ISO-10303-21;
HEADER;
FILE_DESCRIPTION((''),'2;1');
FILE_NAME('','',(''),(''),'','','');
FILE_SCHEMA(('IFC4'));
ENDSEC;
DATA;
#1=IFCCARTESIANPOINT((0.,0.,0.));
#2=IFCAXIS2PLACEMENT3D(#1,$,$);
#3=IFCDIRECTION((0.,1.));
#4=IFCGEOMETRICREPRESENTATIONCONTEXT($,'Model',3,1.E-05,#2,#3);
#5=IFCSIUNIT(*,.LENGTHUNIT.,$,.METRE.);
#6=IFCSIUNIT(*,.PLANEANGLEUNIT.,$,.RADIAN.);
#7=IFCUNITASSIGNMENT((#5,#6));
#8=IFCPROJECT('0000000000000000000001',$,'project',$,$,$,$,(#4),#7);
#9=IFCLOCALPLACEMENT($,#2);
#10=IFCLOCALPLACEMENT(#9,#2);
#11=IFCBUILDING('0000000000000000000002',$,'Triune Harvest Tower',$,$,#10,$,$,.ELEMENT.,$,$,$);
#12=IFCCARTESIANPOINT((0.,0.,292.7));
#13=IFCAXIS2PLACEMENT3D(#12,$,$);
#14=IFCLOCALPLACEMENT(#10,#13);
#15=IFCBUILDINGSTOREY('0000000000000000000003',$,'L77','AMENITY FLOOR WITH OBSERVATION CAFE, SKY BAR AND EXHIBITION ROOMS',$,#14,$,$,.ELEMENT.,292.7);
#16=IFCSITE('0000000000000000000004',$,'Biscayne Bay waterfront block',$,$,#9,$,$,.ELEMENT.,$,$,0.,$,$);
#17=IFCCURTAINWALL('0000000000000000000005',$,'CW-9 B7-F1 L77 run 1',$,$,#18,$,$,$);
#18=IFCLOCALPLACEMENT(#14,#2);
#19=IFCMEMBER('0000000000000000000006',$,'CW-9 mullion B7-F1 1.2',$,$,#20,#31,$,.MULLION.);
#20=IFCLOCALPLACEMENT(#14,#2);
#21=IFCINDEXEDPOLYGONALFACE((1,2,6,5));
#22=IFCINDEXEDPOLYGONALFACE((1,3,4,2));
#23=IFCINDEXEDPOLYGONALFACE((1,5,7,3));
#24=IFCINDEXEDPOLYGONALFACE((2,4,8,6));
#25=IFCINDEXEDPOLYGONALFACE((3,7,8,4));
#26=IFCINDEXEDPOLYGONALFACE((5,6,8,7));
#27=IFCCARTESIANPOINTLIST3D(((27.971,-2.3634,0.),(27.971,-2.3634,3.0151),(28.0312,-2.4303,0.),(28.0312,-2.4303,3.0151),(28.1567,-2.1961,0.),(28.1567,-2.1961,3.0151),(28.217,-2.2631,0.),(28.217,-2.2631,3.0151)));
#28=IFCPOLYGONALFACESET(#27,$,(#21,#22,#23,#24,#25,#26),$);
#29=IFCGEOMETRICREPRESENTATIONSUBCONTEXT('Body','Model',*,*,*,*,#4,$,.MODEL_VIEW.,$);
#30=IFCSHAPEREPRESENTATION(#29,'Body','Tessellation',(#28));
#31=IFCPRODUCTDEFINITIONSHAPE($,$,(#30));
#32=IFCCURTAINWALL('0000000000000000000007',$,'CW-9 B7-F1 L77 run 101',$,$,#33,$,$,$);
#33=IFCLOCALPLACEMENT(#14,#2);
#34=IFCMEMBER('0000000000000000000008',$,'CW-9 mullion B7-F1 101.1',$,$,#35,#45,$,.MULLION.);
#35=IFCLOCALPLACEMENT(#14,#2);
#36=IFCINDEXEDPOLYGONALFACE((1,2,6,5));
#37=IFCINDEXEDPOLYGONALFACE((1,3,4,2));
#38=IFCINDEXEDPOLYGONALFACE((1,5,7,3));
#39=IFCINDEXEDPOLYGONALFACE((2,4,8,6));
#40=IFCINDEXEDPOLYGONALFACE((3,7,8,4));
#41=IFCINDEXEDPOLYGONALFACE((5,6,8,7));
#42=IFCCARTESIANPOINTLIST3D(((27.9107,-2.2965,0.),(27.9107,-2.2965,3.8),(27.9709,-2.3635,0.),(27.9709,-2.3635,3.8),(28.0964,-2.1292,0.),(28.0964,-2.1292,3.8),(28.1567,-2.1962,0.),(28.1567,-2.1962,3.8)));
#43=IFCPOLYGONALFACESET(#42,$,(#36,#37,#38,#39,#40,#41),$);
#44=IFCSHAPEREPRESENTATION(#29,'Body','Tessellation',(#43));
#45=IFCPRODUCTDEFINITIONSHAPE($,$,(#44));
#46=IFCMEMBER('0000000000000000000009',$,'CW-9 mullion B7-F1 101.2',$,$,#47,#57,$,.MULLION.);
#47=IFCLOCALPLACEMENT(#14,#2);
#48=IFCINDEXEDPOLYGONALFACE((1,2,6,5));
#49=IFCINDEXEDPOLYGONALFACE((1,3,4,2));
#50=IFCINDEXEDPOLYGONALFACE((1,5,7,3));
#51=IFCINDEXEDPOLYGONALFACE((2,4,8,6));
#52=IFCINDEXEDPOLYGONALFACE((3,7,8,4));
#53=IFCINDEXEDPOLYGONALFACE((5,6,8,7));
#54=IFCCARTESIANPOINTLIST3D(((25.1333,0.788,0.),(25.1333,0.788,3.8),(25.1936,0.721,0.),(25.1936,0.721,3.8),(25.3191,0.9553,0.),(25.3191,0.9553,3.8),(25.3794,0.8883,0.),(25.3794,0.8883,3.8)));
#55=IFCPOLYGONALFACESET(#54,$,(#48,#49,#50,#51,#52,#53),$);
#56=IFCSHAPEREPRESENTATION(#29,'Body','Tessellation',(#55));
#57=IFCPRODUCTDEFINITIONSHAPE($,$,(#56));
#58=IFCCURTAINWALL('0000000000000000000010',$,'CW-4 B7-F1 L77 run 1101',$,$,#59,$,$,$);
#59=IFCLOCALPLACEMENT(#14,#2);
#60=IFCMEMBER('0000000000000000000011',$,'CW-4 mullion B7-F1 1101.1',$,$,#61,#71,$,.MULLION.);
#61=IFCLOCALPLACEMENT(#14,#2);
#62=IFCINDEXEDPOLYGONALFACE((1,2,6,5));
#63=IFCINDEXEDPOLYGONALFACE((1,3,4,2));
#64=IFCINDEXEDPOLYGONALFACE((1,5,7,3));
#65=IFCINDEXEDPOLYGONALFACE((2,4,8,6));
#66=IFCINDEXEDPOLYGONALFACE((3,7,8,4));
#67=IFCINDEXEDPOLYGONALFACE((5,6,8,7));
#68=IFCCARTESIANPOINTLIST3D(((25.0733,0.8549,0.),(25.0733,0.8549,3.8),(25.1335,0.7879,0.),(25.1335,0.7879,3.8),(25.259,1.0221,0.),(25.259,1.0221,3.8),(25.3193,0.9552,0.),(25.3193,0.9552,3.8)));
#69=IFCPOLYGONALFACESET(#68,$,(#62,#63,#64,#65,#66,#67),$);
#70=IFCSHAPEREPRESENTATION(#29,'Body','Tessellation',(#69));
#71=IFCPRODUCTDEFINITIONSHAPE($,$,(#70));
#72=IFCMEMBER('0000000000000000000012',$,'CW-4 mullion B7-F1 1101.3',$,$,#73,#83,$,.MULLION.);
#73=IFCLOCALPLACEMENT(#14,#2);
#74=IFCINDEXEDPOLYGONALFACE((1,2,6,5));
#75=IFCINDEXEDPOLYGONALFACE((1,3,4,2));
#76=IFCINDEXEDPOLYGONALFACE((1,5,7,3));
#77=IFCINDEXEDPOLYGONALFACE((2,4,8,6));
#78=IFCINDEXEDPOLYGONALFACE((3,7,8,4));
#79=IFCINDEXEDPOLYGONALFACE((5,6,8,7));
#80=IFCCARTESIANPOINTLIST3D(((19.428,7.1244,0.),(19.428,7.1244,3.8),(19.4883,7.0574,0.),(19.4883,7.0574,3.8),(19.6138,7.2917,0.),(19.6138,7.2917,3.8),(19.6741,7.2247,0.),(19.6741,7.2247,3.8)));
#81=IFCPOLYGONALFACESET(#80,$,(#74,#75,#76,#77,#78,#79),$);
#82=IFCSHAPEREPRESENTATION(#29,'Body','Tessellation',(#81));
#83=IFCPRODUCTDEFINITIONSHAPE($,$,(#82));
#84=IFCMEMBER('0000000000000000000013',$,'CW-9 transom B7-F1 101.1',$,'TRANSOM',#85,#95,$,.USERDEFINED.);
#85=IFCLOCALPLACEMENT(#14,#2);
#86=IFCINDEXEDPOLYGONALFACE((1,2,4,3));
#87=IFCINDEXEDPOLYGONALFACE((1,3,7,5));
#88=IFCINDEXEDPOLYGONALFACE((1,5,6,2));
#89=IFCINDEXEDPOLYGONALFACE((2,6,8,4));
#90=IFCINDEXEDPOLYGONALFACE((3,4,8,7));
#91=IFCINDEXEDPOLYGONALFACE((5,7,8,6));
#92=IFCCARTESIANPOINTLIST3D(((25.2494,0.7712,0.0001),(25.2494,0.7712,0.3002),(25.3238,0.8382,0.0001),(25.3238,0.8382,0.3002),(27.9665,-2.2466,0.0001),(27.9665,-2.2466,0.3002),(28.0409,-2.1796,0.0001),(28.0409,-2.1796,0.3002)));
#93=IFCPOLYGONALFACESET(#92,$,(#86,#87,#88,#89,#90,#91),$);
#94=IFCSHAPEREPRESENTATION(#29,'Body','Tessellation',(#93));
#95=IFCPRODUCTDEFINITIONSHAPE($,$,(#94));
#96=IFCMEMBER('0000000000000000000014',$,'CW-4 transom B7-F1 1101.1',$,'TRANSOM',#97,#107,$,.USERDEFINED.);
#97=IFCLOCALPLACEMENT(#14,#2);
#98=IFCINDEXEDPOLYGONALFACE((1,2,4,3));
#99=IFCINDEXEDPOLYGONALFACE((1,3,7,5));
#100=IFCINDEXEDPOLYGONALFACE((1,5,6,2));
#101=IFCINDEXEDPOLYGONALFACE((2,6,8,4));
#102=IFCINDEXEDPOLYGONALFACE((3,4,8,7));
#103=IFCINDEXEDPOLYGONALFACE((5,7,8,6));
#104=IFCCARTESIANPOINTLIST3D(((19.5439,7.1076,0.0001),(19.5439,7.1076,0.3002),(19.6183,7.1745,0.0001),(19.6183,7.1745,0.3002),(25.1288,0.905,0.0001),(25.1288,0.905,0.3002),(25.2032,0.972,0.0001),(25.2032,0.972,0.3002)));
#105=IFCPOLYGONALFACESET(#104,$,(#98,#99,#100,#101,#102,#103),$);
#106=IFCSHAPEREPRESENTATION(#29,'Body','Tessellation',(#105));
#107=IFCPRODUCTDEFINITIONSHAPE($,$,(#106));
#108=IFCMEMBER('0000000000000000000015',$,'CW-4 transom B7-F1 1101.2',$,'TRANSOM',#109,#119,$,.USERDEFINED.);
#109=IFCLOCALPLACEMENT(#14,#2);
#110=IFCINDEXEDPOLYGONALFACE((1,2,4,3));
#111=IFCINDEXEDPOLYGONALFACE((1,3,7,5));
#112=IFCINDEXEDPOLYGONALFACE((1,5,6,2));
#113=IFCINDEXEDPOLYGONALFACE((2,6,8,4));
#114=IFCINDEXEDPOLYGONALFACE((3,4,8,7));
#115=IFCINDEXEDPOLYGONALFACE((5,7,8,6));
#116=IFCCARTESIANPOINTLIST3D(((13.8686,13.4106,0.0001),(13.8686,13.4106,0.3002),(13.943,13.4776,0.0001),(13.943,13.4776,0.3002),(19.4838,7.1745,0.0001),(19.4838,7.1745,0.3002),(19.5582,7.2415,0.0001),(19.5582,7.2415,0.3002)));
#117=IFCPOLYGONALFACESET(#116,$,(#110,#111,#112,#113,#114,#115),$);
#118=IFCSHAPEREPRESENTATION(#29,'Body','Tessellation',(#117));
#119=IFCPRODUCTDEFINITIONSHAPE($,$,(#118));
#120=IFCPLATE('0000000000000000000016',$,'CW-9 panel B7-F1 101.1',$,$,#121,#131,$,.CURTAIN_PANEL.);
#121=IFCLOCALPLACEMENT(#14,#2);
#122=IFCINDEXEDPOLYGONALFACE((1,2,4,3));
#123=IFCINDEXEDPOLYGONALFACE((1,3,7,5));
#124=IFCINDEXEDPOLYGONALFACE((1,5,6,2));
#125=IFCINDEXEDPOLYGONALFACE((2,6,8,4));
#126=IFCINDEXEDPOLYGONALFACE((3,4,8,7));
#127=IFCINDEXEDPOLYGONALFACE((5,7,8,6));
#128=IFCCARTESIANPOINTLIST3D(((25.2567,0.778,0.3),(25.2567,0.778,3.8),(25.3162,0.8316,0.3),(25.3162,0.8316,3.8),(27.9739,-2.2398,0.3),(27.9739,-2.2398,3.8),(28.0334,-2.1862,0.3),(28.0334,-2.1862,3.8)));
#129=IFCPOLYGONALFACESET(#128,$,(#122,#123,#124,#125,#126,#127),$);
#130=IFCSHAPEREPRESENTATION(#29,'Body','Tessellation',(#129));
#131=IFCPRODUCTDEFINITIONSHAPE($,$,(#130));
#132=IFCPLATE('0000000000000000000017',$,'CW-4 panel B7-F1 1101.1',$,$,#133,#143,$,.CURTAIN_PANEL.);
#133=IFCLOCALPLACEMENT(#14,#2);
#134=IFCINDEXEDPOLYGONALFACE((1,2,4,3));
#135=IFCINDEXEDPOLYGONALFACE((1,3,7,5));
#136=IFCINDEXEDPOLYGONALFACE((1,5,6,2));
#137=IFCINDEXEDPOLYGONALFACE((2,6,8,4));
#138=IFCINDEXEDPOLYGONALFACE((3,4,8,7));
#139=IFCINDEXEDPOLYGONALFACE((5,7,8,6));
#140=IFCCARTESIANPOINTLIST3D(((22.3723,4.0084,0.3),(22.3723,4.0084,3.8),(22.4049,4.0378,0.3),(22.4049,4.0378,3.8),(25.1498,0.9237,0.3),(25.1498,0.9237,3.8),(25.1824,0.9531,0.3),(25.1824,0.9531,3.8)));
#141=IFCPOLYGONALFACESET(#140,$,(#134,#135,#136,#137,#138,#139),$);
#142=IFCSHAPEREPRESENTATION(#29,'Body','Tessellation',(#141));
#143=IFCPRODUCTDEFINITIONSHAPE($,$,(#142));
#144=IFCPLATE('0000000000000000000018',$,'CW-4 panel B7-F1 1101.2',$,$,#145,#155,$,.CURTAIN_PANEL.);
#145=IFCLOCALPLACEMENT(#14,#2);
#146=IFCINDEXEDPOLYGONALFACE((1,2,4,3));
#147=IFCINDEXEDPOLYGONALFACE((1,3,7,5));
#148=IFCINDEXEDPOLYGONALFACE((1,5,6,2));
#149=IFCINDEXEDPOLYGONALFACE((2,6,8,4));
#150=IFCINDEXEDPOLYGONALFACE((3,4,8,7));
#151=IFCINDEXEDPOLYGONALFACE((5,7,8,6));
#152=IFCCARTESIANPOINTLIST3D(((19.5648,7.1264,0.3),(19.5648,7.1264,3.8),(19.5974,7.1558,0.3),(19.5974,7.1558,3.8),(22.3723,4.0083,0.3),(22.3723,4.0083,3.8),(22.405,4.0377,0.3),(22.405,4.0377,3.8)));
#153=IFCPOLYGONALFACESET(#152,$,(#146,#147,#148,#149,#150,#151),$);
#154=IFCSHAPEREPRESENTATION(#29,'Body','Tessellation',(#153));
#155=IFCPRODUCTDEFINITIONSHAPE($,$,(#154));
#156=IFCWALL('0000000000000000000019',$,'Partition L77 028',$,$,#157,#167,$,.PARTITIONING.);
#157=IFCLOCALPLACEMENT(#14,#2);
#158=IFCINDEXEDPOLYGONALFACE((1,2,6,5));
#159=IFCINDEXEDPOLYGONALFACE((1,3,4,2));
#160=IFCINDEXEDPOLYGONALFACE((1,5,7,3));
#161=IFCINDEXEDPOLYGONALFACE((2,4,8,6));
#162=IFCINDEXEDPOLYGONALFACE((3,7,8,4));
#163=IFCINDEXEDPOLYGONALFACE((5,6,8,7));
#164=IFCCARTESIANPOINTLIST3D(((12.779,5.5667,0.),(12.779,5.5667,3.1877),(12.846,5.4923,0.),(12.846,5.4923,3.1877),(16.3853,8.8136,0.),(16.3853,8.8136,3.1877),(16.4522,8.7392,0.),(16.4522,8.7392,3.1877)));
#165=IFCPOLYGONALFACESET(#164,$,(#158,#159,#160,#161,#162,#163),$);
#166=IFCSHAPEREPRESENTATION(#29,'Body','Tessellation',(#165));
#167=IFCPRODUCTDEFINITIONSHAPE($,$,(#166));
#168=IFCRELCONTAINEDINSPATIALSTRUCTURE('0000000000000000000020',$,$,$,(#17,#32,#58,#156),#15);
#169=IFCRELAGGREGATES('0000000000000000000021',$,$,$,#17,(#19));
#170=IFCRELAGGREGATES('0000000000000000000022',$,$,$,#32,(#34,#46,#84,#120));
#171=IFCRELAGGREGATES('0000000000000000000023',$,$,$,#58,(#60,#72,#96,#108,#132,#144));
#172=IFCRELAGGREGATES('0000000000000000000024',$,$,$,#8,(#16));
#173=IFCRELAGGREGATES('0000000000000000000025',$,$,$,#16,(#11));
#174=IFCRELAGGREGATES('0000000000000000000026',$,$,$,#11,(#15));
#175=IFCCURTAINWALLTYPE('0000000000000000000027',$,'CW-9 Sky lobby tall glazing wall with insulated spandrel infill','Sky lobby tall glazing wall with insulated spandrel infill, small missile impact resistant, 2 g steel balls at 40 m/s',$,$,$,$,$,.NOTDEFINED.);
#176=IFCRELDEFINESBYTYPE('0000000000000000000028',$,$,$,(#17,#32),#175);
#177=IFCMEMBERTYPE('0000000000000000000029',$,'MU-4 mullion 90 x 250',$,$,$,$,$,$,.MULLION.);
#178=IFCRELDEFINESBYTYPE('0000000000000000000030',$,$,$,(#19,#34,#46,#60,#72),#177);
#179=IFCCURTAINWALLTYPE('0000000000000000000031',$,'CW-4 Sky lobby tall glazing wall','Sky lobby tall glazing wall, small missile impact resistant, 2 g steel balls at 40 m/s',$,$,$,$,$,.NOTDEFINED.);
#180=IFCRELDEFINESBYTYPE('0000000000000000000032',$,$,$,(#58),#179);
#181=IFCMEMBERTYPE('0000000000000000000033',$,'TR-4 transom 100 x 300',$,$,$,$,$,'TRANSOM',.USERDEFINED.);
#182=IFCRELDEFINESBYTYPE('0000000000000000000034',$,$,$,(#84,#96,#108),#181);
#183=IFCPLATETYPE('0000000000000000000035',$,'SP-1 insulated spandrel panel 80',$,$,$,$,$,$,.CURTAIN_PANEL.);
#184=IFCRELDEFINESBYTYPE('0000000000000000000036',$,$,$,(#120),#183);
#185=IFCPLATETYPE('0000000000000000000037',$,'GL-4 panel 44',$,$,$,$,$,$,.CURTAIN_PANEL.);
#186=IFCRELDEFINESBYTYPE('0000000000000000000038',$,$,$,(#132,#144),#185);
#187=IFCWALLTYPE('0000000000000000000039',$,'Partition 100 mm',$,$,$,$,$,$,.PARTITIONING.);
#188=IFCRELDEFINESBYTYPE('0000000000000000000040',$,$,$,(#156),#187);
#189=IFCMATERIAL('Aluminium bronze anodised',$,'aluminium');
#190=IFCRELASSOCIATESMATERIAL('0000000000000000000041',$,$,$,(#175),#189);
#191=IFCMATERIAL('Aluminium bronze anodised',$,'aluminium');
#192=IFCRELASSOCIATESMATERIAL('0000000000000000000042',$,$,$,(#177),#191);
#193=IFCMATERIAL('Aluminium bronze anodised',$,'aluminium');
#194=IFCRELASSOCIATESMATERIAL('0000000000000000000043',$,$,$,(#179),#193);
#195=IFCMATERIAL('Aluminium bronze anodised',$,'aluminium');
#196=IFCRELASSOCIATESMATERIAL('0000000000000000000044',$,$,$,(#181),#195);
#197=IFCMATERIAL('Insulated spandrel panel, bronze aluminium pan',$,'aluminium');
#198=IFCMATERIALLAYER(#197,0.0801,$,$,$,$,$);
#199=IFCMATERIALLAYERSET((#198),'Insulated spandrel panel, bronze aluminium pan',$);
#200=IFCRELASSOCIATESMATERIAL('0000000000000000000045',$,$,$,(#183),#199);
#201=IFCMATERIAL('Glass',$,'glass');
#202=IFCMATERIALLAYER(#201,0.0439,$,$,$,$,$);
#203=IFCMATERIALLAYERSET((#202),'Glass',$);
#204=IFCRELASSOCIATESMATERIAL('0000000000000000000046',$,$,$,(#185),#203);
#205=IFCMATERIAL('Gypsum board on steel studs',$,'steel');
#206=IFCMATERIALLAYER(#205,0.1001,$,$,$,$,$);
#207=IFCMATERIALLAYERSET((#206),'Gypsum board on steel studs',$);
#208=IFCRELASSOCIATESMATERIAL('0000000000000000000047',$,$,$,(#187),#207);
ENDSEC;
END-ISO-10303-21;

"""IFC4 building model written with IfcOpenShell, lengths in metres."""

from ifc_helpers import new_model, si_unit, direction, frame, frame_2d, origin, origin_2d, place, context, subcontext, project, spatial, rectangle, extrude, source, transform, mapped, material, layer, layer_set, material_profile, profile_set, type_object, element, aggregate, save


model = new_model("IFC4")

# Units and contexts
model_context = context("Model", 3, precision=1e-05, world=origin(), true_north=direction((0.0, 1.0)))
body_context = subcontext(model_context, "Body", "Model", "MODEL_VIEW")
ifc_project = project(units=[si_unit("LENGTHUNIT", "METRE"), si_unit("PLANEANGLEUNIT", "RADIAN")], contexts=[model_context])

# Site, building, storey
site_placement = place(None, origin())
site = spatial("IfcSite", under=ifc_project, at=site_placement, Name="Biscayne Bay waterfront block", CompositionType="ELEMENT", RefElevation=0.0)
building_placement = place(site_placement, origin())
building = spatial("IfcBuilding", under=site, at=building_placement, Name="Triune Harvest Tower", CompositionType="ELEMENT")
storey_placement = place(building_placement, frame((0.0, 0.0, 292.7)))
storey = spatial("IfcBuildingStorey", under=building, at=storey_placement, Name="L77", Description="AMENITY FLOOR WITH OBSERVATION CAFE, SKY BAR AND EXHIBITION ROOMS", CompositionType="ELEMENT", Elevation=292.7)

# Curtain wall, member
ifc_material_1 = material(Name="Aluminium bronze anodised", Category="aluminium")
curtain_wall_type_1 = type_object("IfcCurtainWallType", Name="CW-9 Sky lobby tall glazing wall with insulated spandrel infill", Description="Sky lobby tall glazing wall with insulated spandrel infill, small missile impact resistant, 2 g steel balls at 40 m/s", PredefinedType="NOTDEFINED", material=ifc_material_1)
curtain_wall_1_placement = place(storey_placement, origin())
curtain_wall_1 = element("IfcCurtainWall", 1, at=curtain_wall_1_placement, inside=storey, type_object=curtain_wall_type_1, Name="CW-9 B7-F1 L77 run 1")
ifc_material_2 = material(Name="Aluminium bronze anodised", Category="aluminium")
ifc_material_profile_1 = material_profile(ifc_material_2, rectangle(XDim=0.25, YDim=0.0901, at=origin_2d()), Name="MU-4 mullion 90 x 250")
ifc_profile_set_1 = profile_set([ifc_material_profile_1], Name="Aluminium bronze anodised")
member_type_1 = type_object("IfcMemberType", Name="MU-4 mullion 90 x 250", PredefinedType="MULLION", material=ifc_profile_set_1)
shared_shape_1 = source(origin(), body_context, "Body", "SweptSolid", [
    extrude(rectangle(XDim=0.25, YDim=0.0901, at=origin_2d()), origin(), (0.0, 0.0, 1.0), 3.0151),
])
member_1_placement = place(storey_placement, frame((28.094, -2.3132, 0.0), z_axis=(0.0, 0.0, 1.0), x_axis=(-0.743134, -0.669143, 0.0)))
member_1 = element("IfcMember", 2, at=member_1_placement, type_object=member_type_1, Name="CW-9 mullion B7-F1 1.2", PredefinedType="MULLION", context=body_context, shape_type="MappedRepresentation", body=[
    mapped(shared_shape_1, transform((0.0, 0.0, 0.0), scale=1.0)),
])
aggregate(curtain_wall_1, [member_1])

# Curtain walls, members
curtain_wall_2_placement = place(storey_placement, origin())
curtain_wall_2 = element("IfcCurtainWall", 3, at=curtain_wall_2_placement, inside=storey, type_object=curtain_wall_type_1, Name="CW-9 B7-F1 L77 run 101")
shared_shape_2 = source(origin(), body_context, "Body", "SweptSolid", [
    extrude(rectangle(XDim=0.25, YDim=0.0901, at=origin_2d()), origin(), (0.0, 0.0, 1.0), 3.8),
])
member_2_placement = place(storey_placement, frame((28.0337, -2.2463, 0.0), z_axis=(0.0, 0.0, 1.0), x_axis=(-0.743148, -0.669128, 0.0)))
member_2 = element("IfcMember", 4, at=member_2_placement, type_object=member_type_1, Name="CW-9 mullion B7-F1 101.1", PredefinedType="MULLION", context=body_context, shape_type="MappedRepresentation", body=[
    mapped(shared_shape_2, transform((0.0, 0.0, 0.0), scale=1.0)),
])
member_3_placement = place(storey_placement, frame((25.2563, 0.8381, 0.0), z_axis=(0.0, 0.0, 1.0), x_axis=(-0.743148, -0.669128, 0.0)))
member_3 = element("IfcMember", 5, at=member_3_placement, type_object=member_type_1, Name="CW-9 mullion B7-F1 101.2", PredefinedType="MULLION", context=body_context, shape_type="MappedRepresentation", body=[
    mapped(shared_shape_2, transform((0.0, 0.0, 0.0), scale=1.0)),
])
ifc_material_3 = material(Name="Aluminium bronze anodised", Category="aluminium")
curtain_wall_type_2 = type_object("IfcCurtainWallType", Name="CW-4 Sky lobby tall glazing wall", Description="Sky lobby tall glazing wall, small missile impact resistant, 2 g steel balls at 40 m/s", PredefinedType="NOTDEFINED", material=ifc_material_3)
curtain_wall_3_placement = place(storey_placement, origin())
curtain_wall_3 = element("IfcCurtainWall", 6, at=curtain_wall_3_placement, inside=storey, type_object=curtain_wall_type_2, Name="CW-4 B7-F1 L77 run 1101")
member_4_placement = place(storey_placement, frame((25.1963, 0.905, 0.0), z_axis=(0.0, 0.0, 1.0), x_axis=(-0.743143, -0.669132, 0.0)))
member_4 = element("IfcMember", 7, at=member_4_placement, type_object=member_type_1, Name="CW-4 mullion B7-F1 1101.1", PredefinedType="MULLION", context=body_context, shape_type="MappedRepresentation", body=[
    mapped(shared_shape_2, transform((0.0, 0.0, 0.0), scale=1.0)),
])
member_5_placement = place(storey_placement, frame((19.551, 7.1746, 0.0), z_axis=(0.0, 0.0, 1.0), x_axis=(-0.743143, -0.669132, 0.0)))
member_5 = element("IfcMember", 8, at=member_5_placement, type_object=member_type_1, Name="CW-4 mullion B7-F1 1101.3", PredefinedType="MULLION", context=body_context, shape_type="MappedRepresentation", body=[
    mapped(shared_shape_2, transform((0.0, 0.0, 0.0), scale=1.0)),
])

# Members
ifc_material_4 = material(Name="Aluminium bronze anodised", Category="aluminium")
ifc_material_profile_2 = material_profile(ifc_material_4, rectangle(XDim=0.1001, YDim=0.3, at=origin_2d()), Name="TR-4 transom 100 x 300")
ifc_profile_set_2 = profile_set([ifc_material_profile_2], Name="Aluminium bronze anodised")
member_type_2 = type_object("IfcMemberType", Name="TR-4 transom 100 x 300", ElementType="TRANSOM", PredefinedType="USERDEFINED", material=ifc_profile_set_2)
shared_shape_3 = source(origin(), body_context, "Body", "SweptSolid", [
    extrude(rectangle(XDim=0.1001, YDim=0.3, at=origin_2d()), origin(), (0.0, 0.0, 1.0), 4.0608),
])
member_6_placement = place(storey_placement, frame((28.0037, -2.2131, 0.1501), z_axis=(-0.669101, 0.743172, 0.0), x_axis=(-0.743172, -0.669101, 0.0)))
member_6 = element("IfcMember", 9, at=member_6_placement, type_object=member_type_2, Name="CW-9 transom B7-F1 101.1", ObjectType="TRANSOM", PredefinedType="USERDEFINED", context=body_context, shape_type="MappedRepresentation", body=[
    mapped(shared_shape_3, transform((0.0, 0.0, 0.0), scale=1.0)),
])
shared_shape_4 = source(origin(), body_context, "Body", "SweptSolid", [
    extrude(rectangle(XDim=0.1001, YDim=0.3, at=origin_2d()), origin(), (0.0, 0.0, 1.0), 8.3464),
])
member_7_placement = place(storey_placement, frame((25.166, 0.9385, 0.1501), z_axis=(-0.669136, 0.74314, 0.0), x_axis=(-0.74314, -0.669136, 0.0)))
member_7 = element("IfcMember", 10, at=member_7_placement, type_object=member_type_2, Name="CW-4 transom B7-F1 1101.1", ObjectType="TRANSOM", PredefinedType="USERDEFINED", context=body_context, shape_type="MappedRepresentation", body=[
    mapped(shared_shape_4, transform((0.0, 0.0, 0.0), scale=1.0)),
])
shared_shape_5 = source(origin(), body_context, "Body", "SweptSolid", [
    extrude(rectangle(XDim=0.1001, YDim=0.3, at=origin_2d()), origin(), (0.0, 0.0, 1.0), 8.3916),
])
member_8_placement = place(storey_placement, frame((19.521, 7.208, 0.1501), z_axis=(-0.669146, 0.743131, 0.0), x_axis=(-0.743131, -0.669146, 0.0)))
member_8 = element("IfcMember", 11, at=member_8_placement, type_object=member_type_2, Name="CW-4 transom B7-F1 1101.2", ObjectType="TRANSOM", PredefinedType="USERDEFINED", context=body_context, shape_type="MappedRepresentation", body=[
    mapped(shared_shape_5, transform((0.0, 0.0, 0.0), scale=1.0)),
])

# Plates
ifc_material_5 = material(Name="Insulated spandrel panel, bronze aluminium pan", Category="aluminium")
ifc_layer_1 = layer(ifc_material_5, 0.0801)
ifc_layer_set_1 = layer_set([ifc_layer_1], Name="Insulated spandrel panel, bronze aluminium pan")
plate_type_1 = type_object("IfcPlateType", Name="SP-1 insulated spandrel panel 80", PredefinedType="CURTAIN_PANEL", material=ifc_layer_set_1)
shared_shape_6 = source(origin(), body_context, "Body", "SweptSolid", [
    extrude(rectangle(XDim=4.0608, YDim=0.0801, at=origin_2d()), origin(), (0.0, 0.0, 1.0), 3.5),
])
plate_1_placement = place(storey_placement, frame((26.645, -0.7041, 0.3), z_axis=(0.0, 0.0, 1.0), x_axis=(-0.669128, 0.743148, 0.0)))
plate_1 = element("IfcPlate", 12, at=plate_1_placement, type_object=plate_type_1, Name="CW-9 panel B7-F1 101.1", PredefinedType="CURTAIN_PANEL", context=body_context, shape_type="MappedRepresentation", body=[
    mapped(shared_shape_6, transform((0.0, 0.0, 0.0), scale=1.0)),
])
aggregate(curtain_wall_2, [member_2, member_3, member_6, plate_1])
ifc_material_6 = material(Name="Glass", Category="glass")
ifc_layer_2 = layer(ifc_material_6, 0.0439)
ifc_layer_set_2 = layer_set([ifc_layer_2], Name="Glass")
plate_type_2 = type_object("IfcPlateType", Name="GL-4 panel 44", PredefinedType="CURTAIN_PANEL", material=ifc_layer_set_2)
shared_shape_7 = source(origin(), body_context, "Body", "SweptSolid", [
    extrude(rectangle(XDim=4.1509, YDim=0.0439, at=origin_2d()), origin(), (0.0, 0.0, 1.0), 3.5),
])
plate_2_placement = place(storey_placement, frame((23.7773, 2.4807, 0.3), z_axis=(0.0, 0.0, 1.0), x_axis=(-0.669132, 0.743143, 0.0)))
plate_2 = element("IfcPlate", 13, at=plate_2_placement, type_object=plate_type_2, Name="CW-4 panel B7-F1 1101.1", PredefinedType="CURTAIN_PANEL", context=body_context, shape_type="MappedRepresentation", body=[
    mapped(shared_shape_7, transform((0.0, 0.0, 0.0), scale=1.0)),
])
shared_shape_8 = source(origin(), body_context, "Body", "SweptSolid", [
    extrude(rectangle(XDim=4.1958, YDim=0.0439, at=origin_2d()), origin(), (0.0, 0.0, 1.0), 3.5),
])
plate_3_placement = place(storey_placement, frame((20.9849, 5.582, 0.3), z_axis=(0.0, 0.0, 1.0), x_axis=(-0.669132, 0.743143, 0.0)))
plate_3 = element("IfcPlate", 14, at=plate_3_placement, type_object=plate_type_2, Name="CW-4 panel B7-F1 1101.2", PredefinedType="CURTAIN_PANEL", context=body_context, shape_type="MappedRepresentation", body=[
    mapped(shared_shape_8, transform((0.0, 0.0, 0.0), scale=1.0)),
])
aggregate(curtain_wall_3, [member_4, member_5, member_7, member_8, plate_2, plate_3])

# Wall
ifc_material_7 = material(Name="Gypsum board on steel studs", Category="steel")
ifc_layer_3 = layer(ifc_material_7, 0.1001)
ifc_layer_set_3 = layer_set([ifc_layer_3], Name="Gypsum board on steel studs")
wall_type_1 = type_object("IfcWallType", Name="Partition 100 mm", PredefinedType="PARTITIONING", material=ifc_layer_set_3)
wall_1_placement = place(storey_placement, frame((12.8125, 5.5295, 0.0), z_axis=(0.0, 0.0, 1.0), x_axis=(0.743167, 0.669106, 0.0)))
element("IfcWall", 15, at=wall_1_placement, inside=storey, type_object=wall_type_1, Name="Partition L77 028", PredefinedType="PARTITIONING", context=body_context, shape_type="SweptSolid", body=[
    extrude(rectangle(XDim=4.8525, YDim=0.1001, at=frame_2d((2.4263, 0.0))), origin(), (0.0, 0.0, 1.0), 3.1877),
])

save(model, "model.ifc")
